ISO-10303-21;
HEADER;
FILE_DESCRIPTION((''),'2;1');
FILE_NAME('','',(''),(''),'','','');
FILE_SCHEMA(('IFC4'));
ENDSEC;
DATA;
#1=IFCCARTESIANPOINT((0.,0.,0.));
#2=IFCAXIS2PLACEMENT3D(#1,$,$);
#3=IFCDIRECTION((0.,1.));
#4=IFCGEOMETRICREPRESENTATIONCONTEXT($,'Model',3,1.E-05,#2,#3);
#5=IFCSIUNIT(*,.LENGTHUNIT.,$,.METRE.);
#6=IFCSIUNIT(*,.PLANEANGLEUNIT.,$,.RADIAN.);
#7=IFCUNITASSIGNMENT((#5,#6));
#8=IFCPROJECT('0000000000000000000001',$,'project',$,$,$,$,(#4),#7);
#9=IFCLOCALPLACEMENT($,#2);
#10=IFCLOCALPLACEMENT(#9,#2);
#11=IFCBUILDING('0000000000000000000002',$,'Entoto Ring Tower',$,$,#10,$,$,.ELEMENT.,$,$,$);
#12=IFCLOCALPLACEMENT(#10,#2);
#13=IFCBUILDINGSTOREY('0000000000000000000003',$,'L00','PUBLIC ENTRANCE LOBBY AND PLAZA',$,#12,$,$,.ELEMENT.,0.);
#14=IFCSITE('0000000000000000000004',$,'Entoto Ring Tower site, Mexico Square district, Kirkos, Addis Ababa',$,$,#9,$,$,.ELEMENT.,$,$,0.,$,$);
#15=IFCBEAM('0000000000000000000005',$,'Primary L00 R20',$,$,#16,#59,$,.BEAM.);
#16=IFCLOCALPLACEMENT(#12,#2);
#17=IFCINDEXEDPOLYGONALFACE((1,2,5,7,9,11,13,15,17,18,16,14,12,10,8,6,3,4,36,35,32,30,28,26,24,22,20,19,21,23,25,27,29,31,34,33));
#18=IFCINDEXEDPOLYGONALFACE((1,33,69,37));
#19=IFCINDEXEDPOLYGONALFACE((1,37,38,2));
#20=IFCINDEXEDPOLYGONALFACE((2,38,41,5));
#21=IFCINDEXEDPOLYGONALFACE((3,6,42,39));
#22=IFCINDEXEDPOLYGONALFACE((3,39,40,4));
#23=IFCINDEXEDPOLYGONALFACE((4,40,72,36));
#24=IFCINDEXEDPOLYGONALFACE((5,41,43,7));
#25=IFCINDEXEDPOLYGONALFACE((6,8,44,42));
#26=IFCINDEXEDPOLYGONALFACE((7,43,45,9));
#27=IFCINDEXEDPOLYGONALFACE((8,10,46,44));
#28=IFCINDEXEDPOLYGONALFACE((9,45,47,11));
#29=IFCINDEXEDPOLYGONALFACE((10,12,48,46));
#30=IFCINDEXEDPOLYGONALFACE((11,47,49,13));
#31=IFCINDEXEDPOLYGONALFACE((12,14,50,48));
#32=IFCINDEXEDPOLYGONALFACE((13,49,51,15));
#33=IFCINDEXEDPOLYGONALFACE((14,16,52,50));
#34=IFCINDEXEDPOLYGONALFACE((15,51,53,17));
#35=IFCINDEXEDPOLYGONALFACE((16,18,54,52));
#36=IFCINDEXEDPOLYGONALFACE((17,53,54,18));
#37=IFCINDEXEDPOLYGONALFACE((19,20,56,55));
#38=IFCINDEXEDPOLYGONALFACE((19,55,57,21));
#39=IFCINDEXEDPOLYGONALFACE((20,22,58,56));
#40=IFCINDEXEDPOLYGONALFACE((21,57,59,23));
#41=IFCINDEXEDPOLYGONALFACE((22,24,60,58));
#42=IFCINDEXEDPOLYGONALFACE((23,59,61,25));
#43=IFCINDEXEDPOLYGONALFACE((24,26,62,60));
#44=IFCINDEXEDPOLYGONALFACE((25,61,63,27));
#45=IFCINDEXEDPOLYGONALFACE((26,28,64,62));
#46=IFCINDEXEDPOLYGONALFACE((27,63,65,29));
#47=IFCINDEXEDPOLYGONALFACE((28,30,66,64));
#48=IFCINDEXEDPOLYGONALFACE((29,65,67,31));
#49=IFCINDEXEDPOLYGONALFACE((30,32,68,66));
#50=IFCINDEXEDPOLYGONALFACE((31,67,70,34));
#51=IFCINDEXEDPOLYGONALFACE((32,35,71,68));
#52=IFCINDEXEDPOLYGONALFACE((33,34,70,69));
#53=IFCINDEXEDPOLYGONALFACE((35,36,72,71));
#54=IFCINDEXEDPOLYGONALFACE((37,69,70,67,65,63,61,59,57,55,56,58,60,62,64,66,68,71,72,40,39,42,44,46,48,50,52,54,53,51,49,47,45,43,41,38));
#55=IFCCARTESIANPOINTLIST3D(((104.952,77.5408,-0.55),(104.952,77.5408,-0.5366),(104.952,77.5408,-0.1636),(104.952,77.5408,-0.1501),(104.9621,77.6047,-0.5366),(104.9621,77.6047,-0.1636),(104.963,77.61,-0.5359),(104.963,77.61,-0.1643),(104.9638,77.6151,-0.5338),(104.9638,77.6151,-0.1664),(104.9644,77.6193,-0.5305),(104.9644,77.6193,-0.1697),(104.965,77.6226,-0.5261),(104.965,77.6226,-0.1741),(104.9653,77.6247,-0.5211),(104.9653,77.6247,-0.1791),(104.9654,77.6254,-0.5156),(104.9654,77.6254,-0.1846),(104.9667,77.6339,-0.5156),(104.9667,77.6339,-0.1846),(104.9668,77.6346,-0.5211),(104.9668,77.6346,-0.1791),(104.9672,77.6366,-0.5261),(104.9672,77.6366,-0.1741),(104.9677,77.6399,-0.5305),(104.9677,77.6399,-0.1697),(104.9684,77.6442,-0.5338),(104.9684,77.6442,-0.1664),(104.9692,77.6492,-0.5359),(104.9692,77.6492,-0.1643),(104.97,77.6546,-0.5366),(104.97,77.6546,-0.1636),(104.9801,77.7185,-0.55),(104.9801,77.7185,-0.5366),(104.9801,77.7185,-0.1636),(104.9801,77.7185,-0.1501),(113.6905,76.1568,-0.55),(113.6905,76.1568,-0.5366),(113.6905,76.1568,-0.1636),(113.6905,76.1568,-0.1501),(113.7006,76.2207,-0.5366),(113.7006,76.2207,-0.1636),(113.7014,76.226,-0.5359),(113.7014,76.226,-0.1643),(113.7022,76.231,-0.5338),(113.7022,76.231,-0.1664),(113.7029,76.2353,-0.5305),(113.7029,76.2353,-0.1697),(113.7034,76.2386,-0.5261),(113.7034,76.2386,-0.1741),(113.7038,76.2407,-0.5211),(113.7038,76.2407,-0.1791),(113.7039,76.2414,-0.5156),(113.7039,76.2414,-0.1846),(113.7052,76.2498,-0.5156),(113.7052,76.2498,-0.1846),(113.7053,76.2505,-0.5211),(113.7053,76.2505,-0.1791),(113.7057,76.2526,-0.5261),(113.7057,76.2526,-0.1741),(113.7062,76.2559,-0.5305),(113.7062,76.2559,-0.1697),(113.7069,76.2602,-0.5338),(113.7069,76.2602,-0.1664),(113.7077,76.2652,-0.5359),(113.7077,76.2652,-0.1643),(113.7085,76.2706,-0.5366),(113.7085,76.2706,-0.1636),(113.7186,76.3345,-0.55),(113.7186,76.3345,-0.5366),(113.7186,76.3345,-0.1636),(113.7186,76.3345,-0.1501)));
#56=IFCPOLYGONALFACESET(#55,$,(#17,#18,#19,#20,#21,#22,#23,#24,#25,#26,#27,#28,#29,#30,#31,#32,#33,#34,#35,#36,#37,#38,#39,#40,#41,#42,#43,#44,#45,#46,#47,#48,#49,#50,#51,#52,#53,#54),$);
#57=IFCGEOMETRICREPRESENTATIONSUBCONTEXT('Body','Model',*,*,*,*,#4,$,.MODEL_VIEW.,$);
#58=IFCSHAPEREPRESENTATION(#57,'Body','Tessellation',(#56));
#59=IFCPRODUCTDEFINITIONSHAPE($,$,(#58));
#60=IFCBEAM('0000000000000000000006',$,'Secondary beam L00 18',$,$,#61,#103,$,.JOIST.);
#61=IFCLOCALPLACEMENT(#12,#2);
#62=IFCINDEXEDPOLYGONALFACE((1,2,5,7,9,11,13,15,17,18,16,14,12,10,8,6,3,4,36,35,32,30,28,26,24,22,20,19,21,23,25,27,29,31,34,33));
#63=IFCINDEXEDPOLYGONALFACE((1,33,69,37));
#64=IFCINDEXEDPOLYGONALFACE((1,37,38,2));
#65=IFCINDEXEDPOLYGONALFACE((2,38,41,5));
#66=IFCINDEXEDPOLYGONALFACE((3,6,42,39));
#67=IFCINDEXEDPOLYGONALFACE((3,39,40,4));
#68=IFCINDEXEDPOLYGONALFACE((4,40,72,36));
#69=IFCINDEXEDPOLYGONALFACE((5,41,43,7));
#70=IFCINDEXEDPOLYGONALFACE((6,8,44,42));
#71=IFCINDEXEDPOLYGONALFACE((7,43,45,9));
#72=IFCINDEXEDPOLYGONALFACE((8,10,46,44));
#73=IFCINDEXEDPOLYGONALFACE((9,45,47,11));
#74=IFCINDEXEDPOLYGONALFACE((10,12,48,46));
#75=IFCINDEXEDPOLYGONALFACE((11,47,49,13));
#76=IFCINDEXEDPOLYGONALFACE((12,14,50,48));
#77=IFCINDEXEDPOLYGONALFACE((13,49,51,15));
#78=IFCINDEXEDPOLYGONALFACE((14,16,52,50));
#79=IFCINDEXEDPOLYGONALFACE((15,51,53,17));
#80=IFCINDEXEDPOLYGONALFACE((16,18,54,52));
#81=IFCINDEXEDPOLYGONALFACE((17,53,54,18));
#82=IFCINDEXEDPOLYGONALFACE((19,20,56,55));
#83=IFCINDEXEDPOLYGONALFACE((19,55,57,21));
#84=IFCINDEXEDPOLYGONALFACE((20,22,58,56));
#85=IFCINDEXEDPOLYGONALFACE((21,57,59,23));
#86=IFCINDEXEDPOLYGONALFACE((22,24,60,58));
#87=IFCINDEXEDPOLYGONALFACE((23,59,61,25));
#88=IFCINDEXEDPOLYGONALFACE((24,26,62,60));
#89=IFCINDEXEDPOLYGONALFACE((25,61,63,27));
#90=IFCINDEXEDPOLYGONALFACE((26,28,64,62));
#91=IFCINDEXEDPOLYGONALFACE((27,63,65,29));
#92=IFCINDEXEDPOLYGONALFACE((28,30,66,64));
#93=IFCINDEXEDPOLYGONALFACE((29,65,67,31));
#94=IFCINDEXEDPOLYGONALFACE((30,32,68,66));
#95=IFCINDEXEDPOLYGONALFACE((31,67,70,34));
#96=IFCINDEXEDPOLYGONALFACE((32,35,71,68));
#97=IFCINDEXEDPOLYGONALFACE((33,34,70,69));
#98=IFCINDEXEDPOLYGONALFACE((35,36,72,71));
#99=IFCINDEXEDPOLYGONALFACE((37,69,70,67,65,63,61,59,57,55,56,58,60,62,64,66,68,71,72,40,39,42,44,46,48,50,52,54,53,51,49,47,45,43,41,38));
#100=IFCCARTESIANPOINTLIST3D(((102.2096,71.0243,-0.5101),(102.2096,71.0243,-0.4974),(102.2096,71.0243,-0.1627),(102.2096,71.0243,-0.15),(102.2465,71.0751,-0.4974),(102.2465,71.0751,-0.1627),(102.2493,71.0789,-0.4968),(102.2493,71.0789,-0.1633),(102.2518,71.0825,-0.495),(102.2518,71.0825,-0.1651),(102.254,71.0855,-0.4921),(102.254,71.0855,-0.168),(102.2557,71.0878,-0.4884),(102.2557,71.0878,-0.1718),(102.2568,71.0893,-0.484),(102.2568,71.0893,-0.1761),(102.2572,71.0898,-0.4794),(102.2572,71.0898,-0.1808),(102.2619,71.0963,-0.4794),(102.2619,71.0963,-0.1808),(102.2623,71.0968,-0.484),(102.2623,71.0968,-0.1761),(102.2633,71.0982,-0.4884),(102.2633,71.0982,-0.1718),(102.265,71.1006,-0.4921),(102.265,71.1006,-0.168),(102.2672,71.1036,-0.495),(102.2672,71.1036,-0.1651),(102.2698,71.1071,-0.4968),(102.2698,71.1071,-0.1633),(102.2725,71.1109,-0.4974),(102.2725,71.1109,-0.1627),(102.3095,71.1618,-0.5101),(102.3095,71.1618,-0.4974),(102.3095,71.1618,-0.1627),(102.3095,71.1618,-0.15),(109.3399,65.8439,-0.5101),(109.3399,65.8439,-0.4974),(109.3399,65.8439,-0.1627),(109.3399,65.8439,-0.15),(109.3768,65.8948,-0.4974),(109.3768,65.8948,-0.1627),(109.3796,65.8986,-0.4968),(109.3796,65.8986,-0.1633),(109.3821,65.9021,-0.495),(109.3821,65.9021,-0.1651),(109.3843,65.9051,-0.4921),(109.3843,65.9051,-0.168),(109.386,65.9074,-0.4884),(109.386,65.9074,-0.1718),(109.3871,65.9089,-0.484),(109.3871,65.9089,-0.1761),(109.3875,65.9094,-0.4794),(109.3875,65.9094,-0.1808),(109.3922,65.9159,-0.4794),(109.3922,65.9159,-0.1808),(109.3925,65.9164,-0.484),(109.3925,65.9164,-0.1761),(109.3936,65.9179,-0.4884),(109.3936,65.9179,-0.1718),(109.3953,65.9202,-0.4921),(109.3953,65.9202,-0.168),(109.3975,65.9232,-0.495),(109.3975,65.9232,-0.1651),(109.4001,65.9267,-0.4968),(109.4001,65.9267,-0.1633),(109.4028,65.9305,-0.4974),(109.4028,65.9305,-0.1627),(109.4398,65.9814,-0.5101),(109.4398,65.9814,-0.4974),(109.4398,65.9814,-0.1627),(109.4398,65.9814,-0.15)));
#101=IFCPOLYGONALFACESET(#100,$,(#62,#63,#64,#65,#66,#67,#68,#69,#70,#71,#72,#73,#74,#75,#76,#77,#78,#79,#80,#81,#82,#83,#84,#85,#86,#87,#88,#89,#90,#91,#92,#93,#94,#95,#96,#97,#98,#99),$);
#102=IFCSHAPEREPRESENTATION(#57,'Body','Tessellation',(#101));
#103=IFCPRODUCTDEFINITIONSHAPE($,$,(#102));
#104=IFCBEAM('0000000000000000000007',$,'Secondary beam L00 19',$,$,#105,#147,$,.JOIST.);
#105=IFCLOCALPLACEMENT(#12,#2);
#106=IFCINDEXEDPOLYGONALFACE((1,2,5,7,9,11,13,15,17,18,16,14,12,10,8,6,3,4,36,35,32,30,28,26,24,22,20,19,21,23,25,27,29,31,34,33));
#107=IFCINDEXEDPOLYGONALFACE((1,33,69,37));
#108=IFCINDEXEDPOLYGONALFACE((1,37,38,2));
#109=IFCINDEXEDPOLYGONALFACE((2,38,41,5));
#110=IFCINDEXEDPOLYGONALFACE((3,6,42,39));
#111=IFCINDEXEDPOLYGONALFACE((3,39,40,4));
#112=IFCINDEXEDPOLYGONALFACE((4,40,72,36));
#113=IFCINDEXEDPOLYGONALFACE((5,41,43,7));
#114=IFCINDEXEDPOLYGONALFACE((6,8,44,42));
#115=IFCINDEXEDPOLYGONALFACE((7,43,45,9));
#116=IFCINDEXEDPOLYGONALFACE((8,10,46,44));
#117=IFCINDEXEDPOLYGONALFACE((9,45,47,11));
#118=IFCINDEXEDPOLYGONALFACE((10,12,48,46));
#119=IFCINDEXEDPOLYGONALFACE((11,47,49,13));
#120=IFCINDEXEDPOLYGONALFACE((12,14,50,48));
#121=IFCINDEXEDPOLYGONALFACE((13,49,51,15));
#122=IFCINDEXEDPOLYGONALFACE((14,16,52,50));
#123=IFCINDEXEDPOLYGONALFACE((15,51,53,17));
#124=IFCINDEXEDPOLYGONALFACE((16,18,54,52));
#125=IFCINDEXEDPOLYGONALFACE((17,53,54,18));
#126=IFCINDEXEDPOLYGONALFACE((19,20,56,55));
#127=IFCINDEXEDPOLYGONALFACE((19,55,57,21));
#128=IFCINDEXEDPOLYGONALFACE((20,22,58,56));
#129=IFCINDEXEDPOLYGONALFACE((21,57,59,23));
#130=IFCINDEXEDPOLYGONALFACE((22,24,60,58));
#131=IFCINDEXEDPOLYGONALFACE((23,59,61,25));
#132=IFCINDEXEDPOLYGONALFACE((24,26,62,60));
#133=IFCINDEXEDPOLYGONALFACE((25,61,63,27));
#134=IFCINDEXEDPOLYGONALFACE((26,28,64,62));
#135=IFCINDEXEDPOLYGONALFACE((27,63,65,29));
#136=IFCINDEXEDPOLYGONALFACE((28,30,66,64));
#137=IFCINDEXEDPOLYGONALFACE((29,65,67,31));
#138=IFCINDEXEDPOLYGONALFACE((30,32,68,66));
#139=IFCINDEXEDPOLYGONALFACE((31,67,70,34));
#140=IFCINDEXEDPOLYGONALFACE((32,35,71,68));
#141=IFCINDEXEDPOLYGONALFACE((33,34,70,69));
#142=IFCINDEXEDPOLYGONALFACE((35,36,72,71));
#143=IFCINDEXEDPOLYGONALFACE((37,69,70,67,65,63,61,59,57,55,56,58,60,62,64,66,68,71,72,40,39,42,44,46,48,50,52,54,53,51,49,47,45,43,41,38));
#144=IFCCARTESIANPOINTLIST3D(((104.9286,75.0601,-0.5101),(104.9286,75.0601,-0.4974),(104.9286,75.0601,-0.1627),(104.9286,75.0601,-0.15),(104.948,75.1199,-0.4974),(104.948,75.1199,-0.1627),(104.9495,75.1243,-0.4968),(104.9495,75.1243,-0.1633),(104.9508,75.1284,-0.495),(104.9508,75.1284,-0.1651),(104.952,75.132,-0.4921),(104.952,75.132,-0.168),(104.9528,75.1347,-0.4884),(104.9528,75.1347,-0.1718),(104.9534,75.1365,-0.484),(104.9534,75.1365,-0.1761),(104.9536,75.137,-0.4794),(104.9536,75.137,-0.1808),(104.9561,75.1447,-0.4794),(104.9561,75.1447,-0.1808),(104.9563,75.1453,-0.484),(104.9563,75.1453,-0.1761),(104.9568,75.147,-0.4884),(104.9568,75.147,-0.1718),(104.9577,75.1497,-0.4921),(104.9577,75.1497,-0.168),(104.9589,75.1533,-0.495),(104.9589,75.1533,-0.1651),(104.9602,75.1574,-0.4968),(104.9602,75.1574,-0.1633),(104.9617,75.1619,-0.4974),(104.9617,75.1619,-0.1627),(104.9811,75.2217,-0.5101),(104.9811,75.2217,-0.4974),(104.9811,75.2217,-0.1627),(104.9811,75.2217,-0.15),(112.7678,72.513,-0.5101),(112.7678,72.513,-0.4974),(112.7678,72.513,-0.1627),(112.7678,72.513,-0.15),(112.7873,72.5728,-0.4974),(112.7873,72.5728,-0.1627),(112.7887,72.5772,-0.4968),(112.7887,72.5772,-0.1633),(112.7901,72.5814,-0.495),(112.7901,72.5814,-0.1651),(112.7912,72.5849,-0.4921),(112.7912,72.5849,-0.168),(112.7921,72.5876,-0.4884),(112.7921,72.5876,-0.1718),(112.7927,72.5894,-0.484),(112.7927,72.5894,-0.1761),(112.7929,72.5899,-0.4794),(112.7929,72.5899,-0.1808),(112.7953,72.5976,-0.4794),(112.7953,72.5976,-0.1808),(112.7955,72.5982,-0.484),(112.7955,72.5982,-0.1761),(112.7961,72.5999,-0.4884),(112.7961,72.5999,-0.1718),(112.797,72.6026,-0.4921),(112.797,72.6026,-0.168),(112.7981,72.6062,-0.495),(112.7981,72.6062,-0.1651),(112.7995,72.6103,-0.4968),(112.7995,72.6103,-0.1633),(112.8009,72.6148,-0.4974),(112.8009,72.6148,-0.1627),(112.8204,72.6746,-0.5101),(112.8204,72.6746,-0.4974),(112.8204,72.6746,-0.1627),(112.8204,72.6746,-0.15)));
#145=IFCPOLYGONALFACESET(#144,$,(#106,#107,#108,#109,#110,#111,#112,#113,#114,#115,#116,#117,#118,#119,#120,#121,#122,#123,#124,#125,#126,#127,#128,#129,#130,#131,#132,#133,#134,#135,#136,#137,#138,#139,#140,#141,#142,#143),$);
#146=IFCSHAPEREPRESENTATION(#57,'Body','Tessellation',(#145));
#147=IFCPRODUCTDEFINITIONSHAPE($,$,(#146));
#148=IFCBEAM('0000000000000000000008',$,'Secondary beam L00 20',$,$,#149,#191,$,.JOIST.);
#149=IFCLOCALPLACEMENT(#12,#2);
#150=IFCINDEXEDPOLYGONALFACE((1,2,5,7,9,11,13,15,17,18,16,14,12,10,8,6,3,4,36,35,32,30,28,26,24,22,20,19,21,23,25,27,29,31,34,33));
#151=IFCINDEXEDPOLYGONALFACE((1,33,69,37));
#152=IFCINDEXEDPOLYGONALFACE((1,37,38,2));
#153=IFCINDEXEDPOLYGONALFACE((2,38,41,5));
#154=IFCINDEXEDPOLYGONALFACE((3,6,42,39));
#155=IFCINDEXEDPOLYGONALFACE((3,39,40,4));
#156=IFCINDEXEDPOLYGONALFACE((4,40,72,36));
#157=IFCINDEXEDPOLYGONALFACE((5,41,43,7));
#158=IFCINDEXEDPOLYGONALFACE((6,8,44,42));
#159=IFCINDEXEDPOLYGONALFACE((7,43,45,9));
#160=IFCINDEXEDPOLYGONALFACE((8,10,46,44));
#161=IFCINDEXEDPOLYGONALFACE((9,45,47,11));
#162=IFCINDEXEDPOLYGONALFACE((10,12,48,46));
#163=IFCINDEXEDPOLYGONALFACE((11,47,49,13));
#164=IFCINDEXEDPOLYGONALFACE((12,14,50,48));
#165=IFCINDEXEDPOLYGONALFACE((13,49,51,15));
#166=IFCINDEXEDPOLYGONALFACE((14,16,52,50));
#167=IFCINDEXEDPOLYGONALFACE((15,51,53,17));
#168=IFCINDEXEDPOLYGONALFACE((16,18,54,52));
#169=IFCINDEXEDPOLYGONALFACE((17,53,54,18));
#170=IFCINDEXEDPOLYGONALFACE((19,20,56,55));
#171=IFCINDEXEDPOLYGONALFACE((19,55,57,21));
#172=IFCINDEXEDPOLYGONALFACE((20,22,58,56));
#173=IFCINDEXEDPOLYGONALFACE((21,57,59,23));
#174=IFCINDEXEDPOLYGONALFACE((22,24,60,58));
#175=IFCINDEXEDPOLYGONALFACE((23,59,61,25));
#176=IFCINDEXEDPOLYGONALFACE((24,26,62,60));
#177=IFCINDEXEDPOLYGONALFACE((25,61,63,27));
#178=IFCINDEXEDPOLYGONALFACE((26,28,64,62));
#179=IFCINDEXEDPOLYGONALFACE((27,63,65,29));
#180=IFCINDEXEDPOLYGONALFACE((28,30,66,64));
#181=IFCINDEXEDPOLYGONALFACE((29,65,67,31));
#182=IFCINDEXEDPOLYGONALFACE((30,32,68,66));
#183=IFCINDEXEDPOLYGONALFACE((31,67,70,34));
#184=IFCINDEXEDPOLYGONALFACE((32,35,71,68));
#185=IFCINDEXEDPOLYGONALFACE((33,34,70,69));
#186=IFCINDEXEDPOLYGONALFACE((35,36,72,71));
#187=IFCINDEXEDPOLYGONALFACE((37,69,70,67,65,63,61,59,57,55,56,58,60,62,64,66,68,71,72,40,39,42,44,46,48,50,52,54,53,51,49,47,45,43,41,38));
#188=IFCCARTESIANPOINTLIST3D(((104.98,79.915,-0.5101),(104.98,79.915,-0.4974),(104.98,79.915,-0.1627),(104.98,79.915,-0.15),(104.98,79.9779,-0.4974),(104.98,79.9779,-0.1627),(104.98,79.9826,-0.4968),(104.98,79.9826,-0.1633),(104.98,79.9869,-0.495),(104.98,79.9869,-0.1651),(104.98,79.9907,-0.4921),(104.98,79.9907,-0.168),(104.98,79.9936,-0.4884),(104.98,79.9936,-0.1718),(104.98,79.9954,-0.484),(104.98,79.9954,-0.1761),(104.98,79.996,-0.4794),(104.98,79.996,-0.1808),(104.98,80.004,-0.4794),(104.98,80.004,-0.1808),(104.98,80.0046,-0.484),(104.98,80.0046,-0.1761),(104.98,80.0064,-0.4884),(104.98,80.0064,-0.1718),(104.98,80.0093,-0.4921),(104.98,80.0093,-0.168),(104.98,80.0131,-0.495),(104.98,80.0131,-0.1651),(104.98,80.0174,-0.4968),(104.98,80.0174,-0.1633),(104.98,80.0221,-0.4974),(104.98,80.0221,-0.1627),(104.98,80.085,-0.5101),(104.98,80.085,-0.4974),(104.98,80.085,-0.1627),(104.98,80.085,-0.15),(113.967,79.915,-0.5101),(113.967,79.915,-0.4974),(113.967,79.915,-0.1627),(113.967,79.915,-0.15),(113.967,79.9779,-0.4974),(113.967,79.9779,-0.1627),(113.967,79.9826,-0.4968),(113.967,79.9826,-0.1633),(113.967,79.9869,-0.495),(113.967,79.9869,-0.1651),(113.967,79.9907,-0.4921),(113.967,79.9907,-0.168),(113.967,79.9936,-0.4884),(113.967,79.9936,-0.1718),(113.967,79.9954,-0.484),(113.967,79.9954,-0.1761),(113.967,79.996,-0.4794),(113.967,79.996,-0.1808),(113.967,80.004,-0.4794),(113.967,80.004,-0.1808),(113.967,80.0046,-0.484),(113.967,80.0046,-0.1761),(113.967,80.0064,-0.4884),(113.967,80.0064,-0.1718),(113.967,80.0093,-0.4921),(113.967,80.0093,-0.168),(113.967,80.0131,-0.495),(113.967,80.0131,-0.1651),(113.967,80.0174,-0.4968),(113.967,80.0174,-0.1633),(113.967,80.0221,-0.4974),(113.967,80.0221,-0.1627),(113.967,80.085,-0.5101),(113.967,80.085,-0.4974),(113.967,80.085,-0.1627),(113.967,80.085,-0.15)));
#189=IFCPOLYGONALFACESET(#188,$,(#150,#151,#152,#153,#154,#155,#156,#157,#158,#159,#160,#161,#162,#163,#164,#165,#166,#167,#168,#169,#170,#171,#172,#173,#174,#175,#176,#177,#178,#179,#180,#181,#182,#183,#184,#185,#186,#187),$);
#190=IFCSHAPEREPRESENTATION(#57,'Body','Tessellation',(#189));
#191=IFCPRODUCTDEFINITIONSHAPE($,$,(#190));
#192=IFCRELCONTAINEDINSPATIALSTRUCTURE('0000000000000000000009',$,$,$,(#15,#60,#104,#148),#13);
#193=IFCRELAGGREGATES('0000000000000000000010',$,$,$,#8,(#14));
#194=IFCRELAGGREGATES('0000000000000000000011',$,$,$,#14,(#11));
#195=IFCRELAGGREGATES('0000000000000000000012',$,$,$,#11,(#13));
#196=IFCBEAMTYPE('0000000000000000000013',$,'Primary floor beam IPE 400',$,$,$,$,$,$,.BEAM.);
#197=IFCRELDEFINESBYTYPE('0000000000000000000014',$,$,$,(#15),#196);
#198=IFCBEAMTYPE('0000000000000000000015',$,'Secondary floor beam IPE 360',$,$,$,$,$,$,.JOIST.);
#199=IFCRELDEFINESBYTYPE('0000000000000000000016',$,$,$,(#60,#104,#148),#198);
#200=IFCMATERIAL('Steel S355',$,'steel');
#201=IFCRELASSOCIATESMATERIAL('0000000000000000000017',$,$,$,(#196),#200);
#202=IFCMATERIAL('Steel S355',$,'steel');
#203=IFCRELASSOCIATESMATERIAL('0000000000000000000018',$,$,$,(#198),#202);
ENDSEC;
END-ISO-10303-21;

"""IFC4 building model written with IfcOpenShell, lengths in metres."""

from ifc_helpers import new_model, si_unit, direction, frame, origin, origin_2d, place, context, subcontext, project, spatial, i_section, extrude, material, material_profile, profile_set, type_object, element, save


model = new_model("IFC4")

# Units and contexts
model_context = context("Model", 3, precision=1e-05, world=origin(), true_north=direction((0.0, 1.0)))
body_context = subcontext(model_context, "Body", "Model", "MODEL_VIEW")
ifc_project = project(units=[si_unit("LENGTHUNIT", "METRE"), si_unit("PLANEANGLEUNIT", "RADIAN")], contexts=[model_context])

# Site, building, storey
site_placement = place(None, origin())
site = spatial("IfcSite", under=ifc_project, at=site_placement, Name="Entoto Ring Tower site, Mexico Square district, Kirkos, Addis Ababa", CompositionType="ELEMENT", RefElevation=0.0)
building_placement = place(site_placement, origin())
building = spatial("IfcBuilding", under=site, at=building_placement, Name="Entoto Ring Tower", CompositionType="ELEMENT")
storey_placement = place(building_placement, origin())
storey = spatial("IfcBuildingStorey", under=building, at=storey_placement, Name="L00", Description="PUBLIC ENTRANCE LOBBY AND PLAZA", CompositionType="ELEMENT", Elevation=0.0)

# Beams
ifc_material_1 = material(Name="Steel S355", Category="steel")
ifc_material_profile_1 = material_profile(ifc_material_1, i_section(OverallWidth=0.1799, OverallDepth=0.3999, WebThickness=0.0085, FlangeThickness=0.0134, FilletRadius=0.021, at=origin_2d()), Name="IPE 400")
ifc_profile_set_1 = profile_set([ifc_material_profile_1], Name="Steel S355")
beam_type_1 = type_object("IfcBeamType", Name="Primary floor beam IPE 400", PredefinedType="BEAM", material=ifc_profile_set_1)
beam_1_placement = place(storey_placement, frame((104.9661, 77.6296, -0.3501), z_axis=(0.987689, -0.156433, 0.0), x_axis=(0.156433, 0.987689, 0.0)))
element("IfcBeam", 1, at=beam_1_placement, inside=storey, type_object=beam_type_1, Name="Primary L00 R20", PredefinedType="BEAM", context=body_context, shape_type="SweptSolid", body=[
    extrude(i_section(OverallWidth=0.1799, OverallDepth=0.3999, WebThickness=0.0085, FlangeThickness=0.0134, FilletRadius=0.021, at=origin_2d()), origin(), (0.0, 0.0, 1.0), 8.8474),
])
ifc_material_2 = material(Name="Steel S355", Category="steel")
ifc_material_profile_2 = material_profile(ifc_material_2, i_section(OverallWidth=0.1699, OverallDepth=0.3601, WebThickness=0.0081, FlangeThickness=0.0127, FilletRadius=0.0181, at=origin_2d()), Name="IPE 360")
ifc_profile_set_2 = profile_set([ifc_material_profile_2], Name="Steel S355")
beam_type_2 = type_object("IfcBeamType", Name="Secondary floor beam IPE 360", PredefinedType="JOIST", material=ifc_profile_set_2)
beam_2_placement = place(storey_placement, frame((102.2595, 71.093, -0.3301), z_axis=(0.809022, -0.587778, 0.0), x_axis=(0.587778, 0.809022, 0.0)))
element("IfcBeam", 2, at=beam_2_placement, inside=storey, type_object=beam_type_2, Name="Secondary beam L00 18", PredefinedType="JOIST", context=body_context, shape_type="SweptSolid", body=[
    extrude(i_section(OverallWidth=0.1699, OverallDepth=0.3601, WebThickness=0.0081, FlangeThickness=0.0127, FilletRadius=0.0181, at=origin_2d()), origin(), (0.0, 0.0, 1.0), 8.8135),
])
beam_3_placement = place(storey_placement, frame((104.9548, 75.1409, -0.3301), z_axis=(0.951058, -0.309012, 0.0), x_axis=(0.309012, 0.951058, 0.0)))
element("IfcBeam", 3, at=beam_3_placement, inside=storey, type_object=beam_type_2, Name="Secondary beam L00 19", PredefinedType="JOIST", context=body_context, shape_type="SweptSolid", body=[
    extrude(i_section(OverallWidth=0.1699, OverallDepth=0.3601, WebThickness=0.0081, FlangeThickness=0.0127, FilletRadius=0.0181, at=origin_2d()), origin(), (0.0, 0.0, 1.0), 8.2427),
])
beam_4_placement = place(storey_placement, frame((104.98, 80.0, -0.3301), z_axis=(1.0, 0.0, 0.0), x_axis=(0.0, 1.0, 0.0)))
element("IfcBeam", 4, at=beam_4_placement, inside=storey, type_object=beam_type_2, Name="Secondary beam L00 20", PredefinedType="JOIST", context=body_context, shape_type="SweptSolid", body=[
    extrude(i_section(OverallWidth=0.1699, OverallDepth=0.3601, WebThickness=0.0081, FlangeThickness=0.0127, FilletRadius=0.0181, at=origin_2d()), origin(), (0.0, 0.0, 1.0), 8.9871),
])

save(model, "model.ifc")
